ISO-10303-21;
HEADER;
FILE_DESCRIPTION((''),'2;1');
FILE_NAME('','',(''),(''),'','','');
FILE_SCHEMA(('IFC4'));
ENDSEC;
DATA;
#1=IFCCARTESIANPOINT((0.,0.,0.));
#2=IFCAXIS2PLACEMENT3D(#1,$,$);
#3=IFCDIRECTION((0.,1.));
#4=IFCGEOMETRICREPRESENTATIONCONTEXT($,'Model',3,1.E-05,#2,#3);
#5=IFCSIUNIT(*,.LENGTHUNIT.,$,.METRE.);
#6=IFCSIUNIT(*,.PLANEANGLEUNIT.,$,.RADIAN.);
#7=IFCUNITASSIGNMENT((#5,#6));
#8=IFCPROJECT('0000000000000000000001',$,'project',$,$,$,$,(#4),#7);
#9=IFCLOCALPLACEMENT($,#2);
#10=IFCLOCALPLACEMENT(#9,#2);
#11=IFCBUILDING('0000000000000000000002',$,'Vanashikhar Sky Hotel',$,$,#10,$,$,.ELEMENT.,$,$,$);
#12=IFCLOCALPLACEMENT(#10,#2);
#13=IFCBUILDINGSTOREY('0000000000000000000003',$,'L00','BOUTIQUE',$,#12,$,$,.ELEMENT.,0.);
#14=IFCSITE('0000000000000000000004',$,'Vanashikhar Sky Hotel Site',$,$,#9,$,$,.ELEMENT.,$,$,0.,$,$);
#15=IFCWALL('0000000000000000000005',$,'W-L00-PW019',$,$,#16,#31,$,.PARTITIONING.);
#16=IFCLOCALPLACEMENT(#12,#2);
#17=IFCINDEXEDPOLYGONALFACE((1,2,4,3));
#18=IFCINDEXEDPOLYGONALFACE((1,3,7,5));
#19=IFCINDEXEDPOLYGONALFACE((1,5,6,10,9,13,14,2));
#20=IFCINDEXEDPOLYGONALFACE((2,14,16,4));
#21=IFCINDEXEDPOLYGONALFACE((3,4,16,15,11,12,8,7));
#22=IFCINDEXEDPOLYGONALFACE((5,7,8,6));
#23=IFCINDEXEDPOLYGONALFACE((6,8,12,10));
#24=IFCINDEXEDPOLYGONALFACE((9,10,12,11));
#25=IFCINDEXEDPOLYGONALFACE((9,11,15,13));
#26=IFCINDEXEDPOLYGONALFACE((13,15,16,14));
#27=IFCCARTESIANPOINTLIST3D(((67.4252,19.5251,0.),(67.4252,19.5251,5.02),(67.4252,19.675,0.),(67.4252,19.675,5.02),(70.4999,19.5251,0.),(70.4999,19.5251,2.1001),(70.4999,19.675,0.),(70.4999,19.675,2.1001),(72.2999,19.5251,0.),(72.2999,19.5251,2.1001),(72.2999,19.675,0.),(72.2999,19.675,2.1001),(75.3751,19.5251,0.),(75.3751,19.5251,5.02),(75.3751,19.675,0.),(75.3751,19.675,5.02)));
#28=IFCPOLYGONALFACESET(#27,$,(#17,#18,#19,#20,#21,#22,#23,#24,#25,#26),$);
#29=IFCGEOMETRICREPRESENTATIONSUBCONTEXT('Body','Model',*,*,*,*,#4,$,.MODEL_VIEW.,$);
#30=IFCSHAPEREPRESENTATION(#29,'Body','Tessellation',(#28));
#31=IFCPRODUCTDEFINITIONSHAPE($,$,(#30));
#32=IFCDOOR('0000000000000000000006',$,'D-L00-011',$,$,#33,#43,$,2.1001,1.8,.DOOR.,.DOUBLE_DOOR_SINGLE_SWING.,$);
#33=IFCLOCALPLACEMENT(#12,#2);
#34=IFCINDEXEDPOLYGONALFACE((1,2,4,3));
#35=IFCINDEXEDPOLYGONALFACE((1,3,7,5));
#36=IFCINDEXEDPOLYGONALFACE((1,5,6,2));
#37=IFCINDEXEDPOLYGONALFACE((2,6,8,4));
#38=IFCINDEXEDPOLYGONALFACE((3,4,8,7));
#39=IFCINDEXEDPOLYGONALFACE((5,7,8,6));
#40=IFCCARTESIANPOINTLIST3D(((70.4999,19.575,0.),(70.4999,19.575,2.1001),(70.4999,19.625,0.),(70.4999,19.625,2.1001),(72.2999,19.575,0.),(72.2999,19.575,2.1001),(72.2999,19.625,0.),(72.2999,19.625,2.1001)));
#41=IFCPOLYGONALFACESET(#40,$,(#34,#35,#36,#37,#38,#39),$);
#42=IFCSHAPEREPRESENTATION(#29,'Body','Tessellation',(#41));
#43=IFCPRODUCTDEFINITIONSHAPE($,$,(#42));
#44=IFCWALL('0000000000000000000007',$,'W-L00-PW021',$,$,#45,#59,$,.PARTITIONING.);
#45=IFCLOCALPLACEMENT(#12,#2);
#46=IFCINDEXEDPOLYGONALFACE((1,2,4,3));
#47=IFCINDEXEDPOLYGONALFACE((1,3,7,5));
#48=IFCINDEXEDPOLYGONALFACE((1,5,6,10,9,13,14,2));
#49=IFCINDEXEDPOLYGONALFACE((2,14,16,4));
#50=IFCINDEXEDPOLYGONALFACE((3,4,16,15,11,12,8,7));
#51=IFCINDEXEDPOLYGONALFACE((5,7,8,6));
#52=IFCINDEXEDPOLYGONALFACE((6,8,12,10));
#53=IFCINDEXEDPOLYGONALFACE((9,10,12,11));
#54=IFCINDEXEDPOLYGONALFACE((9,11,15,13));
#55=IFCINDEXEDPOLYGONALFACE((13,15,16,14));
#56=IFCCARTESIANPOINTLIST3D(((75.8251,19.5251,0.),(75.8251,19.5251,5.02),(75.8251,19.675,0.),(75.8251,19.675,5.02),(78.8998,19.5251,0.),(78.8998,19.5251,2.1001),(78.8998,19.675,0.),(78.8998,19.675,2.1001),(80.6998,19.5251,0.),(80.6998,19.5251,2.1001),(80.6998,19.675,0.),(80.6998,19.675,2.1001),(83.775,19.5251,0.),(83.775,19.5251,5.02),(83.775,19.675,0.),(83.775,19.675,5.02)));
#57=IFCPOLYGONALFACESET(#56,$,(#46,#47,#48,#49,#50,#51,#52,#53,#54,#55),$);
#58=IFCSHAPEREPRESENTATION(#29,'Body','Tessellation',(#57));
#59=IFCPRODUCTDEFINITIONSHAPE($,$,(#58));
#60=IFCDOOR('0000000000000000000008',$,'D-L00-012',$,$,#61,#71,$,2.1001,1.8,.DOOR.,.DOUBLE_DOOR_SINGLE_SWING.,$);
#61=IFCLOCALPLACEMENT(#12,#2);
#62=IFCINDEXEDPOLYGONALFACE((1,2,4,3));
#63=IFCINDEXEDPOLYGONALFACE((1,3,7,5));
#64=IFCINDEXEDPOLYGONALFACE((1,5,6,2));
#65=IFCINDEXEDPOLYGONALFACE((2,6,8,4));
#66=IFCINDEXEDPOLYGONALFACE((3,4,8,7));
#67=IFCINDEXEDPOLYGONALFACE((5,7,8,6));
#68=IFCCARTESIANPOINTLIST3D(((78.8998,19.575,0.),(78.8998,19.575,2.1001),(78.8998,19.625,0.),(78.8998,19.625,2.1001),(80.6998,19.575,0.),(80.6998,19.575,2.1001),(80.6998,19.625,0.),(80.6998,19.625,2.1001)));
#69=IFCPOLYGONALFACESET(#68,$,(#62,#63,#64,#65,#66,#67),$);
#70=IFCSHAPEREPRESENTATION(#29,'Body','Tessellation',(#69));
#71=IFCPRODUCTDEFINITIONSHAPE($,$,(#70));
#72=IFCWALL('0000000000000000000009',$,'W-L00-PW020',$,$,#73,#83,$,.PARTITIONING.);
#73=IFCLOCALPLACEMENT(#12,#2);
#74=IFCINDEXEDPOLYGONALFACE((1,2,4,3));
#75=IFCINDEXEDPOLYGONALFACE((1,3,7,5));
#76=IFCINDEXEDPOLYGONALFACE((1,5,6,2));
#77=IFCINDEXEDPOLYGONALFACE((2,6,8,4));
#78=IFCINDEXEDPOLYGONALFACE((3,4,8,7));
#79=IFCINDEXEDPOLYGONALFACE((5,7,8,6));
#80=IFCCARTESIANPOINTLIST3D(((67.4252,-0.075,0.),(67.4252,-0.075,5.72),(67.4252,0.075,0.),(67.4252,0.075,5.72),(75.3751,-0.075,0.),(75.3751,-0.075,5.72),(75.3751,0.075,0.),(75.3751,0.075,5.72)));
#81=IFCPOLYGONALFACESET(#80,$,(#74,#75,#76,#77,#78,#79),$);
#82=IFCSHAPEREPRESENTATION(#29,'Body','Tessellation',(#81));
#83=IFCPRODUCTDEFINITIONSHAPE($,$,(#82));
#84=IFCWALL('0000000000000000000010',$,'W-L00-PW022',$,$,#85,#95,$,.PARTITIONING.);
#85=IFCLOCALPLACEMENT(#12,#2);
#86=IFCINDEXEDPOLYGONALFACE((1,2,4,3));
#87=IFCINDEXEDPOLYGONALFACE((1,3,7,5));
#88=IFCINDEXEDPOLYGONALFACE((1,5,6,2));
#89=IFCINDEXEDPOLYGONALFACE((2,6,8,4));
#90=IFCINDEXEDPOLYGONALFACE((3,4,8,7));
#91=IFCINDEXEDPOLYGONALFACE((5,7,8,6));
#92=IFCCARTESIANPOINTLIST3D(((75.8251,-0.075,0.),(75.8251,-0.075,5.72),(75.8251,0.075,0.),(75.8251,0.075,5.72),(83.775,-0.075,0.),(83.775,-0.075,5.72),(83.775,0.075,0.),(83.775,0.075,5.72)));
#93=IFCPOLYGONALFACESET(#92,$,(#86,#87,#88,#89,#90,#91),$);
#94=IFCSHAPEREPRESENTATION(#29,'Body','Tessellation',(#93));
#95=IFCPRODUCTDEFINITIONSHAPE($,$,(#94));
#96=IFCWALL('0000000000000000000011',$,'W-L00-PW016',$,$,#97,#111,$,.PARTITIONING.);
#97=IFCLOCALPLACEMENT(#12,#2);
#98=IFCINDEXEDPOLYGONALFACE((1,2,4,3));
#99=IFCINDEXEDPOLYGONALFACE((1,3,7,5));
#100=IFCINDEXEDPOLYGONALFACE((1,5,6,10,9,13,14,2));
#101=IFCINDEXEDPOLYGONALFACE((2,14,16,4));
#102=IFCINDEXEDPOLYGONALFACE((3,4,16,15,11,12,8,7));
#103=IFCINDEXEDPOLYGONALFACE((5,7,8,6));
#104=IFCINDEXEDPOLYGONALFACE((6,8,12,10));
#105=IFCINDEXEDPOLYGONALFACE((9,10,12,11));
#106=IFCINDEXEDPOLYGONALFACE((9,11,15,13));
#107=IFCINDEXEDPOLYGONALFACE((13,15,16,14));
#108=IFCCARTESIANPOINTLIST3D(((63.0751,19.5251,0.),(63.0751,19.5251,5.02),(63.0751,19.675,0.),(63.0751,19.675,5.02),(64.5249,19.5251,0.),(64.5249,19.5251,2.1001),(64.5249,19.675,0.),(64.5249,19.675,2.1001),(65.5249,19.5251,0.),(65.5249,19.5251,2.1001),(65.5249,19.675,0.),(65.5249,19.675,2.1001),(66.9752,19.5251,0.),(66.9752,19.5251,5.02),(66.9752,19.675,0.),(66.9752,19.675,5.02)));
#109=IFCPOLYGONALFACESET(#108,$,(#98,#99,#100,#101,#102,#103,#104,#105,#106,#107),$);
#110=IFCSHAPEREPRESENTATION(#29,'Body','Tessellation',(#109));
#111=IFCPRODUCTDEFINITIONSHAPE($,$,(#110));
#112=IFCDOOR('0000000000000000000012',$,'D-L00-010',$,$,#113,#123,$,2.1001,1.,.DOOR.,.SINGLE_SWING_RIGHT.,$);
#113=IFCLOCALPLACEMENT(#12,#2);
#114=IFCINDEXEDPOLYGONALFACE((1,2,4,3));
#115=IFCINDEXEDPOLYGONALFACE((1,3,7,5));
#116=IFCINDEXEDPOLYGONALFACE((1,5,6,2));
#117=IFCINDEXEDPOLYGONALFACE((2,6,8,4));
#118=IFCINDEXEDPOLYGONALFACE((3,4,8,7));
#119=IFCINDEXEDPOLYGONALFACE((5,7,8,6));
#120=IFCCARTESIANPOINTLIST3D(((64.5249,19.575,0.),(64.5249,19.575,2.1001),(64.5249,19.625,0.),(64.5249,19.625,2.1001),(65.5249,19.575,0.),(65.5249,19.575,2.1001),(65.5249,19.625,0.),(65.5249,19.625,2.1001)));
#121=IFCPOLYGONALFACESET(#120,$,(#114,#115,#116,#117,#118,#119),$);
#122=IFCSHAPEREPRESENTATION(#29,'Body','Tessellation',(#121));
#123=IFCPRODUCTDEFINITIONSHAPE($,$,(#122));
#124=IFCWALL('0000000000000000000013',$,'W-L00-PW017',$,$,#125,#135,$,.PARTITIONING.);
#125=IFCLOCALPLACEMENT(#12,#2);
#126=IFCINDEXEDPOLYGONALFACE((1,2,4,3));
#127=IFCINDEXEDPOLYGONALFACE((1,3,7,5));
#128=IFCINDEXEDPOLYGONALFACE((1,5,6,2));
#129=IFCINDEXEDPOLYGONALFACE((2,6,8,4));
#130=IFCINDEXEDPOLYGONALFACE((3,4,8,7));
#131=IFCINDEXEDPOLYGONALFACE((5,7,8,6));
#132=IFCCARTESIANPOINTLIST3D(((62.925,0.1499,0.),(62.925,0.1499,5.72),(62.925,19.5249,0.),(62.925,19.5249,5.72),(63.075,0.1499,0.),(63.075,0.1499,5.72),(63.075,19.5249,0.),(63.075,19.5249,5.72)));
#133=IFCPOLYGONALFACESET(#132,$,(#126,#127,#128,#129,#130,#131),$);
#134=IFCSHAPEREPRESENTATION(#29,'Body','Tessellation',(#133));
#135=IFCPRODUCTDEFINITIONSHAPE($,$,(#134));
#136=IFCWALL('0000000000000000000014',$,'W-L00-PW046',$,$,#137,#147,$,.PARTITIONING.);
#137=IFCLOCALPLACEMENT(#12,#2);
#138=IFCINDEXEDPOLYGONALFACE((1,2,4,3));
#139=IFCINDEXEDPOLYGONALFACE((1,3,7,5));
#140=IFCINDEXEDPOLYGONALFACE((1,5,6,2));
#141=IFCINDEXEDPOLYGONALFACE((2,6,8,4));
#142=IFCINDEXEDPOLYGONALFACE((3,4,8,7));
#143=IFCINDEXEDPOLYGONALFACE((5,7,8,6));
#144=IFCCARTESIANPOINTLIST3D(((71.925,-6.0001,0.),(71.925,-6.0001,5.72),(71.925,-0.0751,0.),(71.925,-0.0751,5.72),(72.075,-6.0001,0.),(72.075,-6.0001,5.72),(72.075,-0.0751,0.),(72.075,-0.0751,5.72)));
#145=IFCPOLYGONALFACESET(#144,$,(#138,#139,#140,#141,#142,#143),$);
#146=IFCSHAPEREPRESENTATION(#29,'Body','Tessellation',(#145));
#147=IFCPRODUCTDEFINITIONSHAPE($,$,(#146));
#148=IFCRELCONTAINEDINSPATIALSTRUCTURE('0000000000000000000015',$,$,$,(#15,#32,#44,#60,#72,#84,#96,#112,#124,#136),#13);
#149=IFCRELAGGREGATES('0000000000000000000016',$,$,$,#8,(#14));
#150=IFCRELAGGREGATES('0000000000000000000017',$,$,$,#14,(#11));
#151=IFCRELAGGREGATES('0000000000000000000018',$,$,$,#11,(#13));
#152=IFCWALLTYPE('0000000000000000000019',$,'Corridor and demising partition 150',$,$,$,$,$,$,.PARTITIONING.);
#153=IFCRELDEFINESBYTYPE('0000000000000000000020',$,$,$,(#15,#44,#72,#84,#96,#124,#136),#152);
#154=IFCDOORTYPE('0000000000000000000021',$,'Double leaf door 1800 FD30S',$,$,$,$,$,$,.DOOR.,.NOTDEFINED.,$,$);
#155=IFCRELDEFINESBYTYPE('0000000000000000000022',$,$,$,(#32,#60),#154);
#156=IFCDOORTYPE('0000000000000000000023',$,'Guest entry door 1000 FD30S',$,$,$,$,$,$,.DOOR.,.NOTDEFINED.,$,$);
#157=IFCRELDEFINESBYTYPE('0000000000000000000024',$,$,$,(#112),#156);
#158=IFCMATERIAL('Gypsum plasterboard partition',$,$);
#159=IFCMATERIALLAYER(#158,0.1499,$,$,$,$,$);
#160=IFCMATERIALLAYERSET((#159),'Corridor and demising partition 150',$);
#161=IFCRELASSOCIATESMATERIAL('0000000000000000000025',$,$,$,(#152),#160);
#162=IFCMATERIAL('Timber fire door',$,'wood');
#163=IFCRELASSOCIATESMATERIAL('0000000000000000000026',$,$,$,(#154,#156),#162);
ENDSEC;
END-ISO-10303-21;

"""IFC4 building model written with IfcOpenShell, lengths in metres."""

from ifc_helpers import new_model, si_unit, direction, frame, frame_2d, origin, place, context, subcontext, project, spatial, rectangle, extrude, source, transform, mapped, material, layer, layer_set, type_object, element, fill, save


model = new_model("IFC4")

# Units and contexts
model_context = context("Model", 3, precision=1e-05, world=origin(), true_north=direction((0.0, 1.0)))
body_context = subcontext(model_context, "Body", "Model", "MODEL_VIEW")
ifc_project = project(units=[si_unit("LENGTHUNIT", "METRE"), si_unit("PLANEANGLEUNIT", "RADIAN")], contexts=[model_context])

# Site, building, storey
site_placement = place(None, origin())
site = spatial("IfcSite", under=ifc_project, at=site_placement, Name="Vanashikhar Sky Hotel Site", CompositionType="ELEMENT", RefElevation=0.0)
building_placement = place(site_placement, origin())
building = spatial("IfcBuilding", under=site, at=building_placement, Name="Vanashikhar Sky Hotel", CompositionType="ELEMENT")
storey_placement = place(building_placement, origin())
storey = spatial("IfcBuildingStorey", under=building, at=storey_placement, Name="L00", Description="BOUTIQUE", CompositionType="ELEMENT", Elevation=0.0)

# Walls, openings, doors
ifc_material_1 = material(Name="Gypsum plasterboard partition")
ifc_layer_1 = layer(ifc_material_1, 0.1499)
ifc_layer_set_1 = layer_set([ifc_layer_1], Name="Corridor and demising partition 150")
wall_type_1 = type_object("IfcWallType", Name="Corridor and demising partition 150", PredefinedType="PARTITIONING", material=ifc_layer_set_1)
shared_shape_1 = source(origin(), body_context, "Body", "SweptSolid", [
    extrude(rectangle(XDim=7.95, YDim=0.1499, at=frame_2d((3.9751, 0.0))), origin(), (0.0, 0.0, 1.0), 5.02),
])
wall_1_placement = place(storey_placement, frame((67.425, 19.6001, 0.0), z_axis=(0.0, 0.0, 1.0), x_axis=(1.0, 0.0, 0.0)))
wall_1 = element("IfcWall", 1, at=wall_1_placement, inside=storey, type_object=wall_type_1, Name="W-L00-PW019", PredefinedType="PARTITIONING", context=body_context, shape_type="MappedRepresentation", body=[
    mapped(shared_shape_1, transform((0.0, 0.0, 0.0), scale=1.0)),
])
shared_shape_2 = source(origin(), body_context, "Body", "SweptSolid", [
    extrude(rectangle(XDim=1.8, YDim=2.1001, at=frame_2d((0.8999, 1.05))), frame((0.0, 0.085, 0.0), z_axis=(0.0, -1.0, 0.0), x_axis=(1.0, 0.0, 0.0)), (0.0, 0.0, 1.0), 0.1699),
])
opening_1_placement = place(wall_1_placement, frame((3.075, 0.0, 0.0)))
opening_1 = element("IfcOpeningElement", 2, at=opening_1_placement, cuts=wall_1, PredefinedType="OPENING", context=body_context, shape_type="MappedRepresentation", body=[
    mapped(shared_shape_2, transform((0.0, 0.0, 0.0), scale=1.0)),
])
ifc_material_2 = material(Name="Timber fire door", Category="wood")
door_type_1 = type_object("IfcDoorType", Name="Double leaf door 1800 FD30S", OperationType="NOTDEFINED", PredefinedType="DOOR", material=ifc_material_2)
shared_shape_3 = source(origin(), body_context, "Body", "SweptSolid", [
    extrude(rectangle(XDim=1.8, YDim=2.1001, at=frame_2d((0.8999, 1.05))), frame((0.0, 0.0249, 0.0), z_axis=(0.0, -1.0, 0.0), x_axis=(1.0, 0.0, 0.0)), (0.0, 0.0, 1.0), 0.05),
])
door_1_placement = place(opening_1_placement, origin())
door_1 = element("IfcDoor", 3, at=door_1_placement, inside=storey, type_object=door_type_1, Name="D-L00-011", OperationType="DOUBLE_DOOR_SINGLE_SWING", OverallHeight=2.1001, OverallWidth=1.8, PredefinedType="DOOR", context=body_context, shape_type="MappedRepresentation", body=[
    mapped(shared_shape_3, transform((0.0, 0.0, 0.0), scale=1.0)),
])
fill(opening_1, door_1)
wall_2_placement = place(storey_placement, frame((75.825, 19.6001, 0.0), z_axis=(0.0, 0.0, 1.0), x_axis=(1.0, 0.0, 0.0)))
wall_2 = element("IfcWall", 4, at=wall_2_placement, inside=storey, type_object=wall_type_1, Name="W-L00-PW021", PredefinedType="PARTITIONING", context=body_context, shape_type="MappedRepresentation", body=[
    mapped(shared_shape_1, transform((0.0, 0.0, 0.0), scale=1.0)),
])
opening_2_placement = place(wall_2_placement, frame((3.075, 0.0, 0.0)))
opening_2 = element("IfcOpeningElement", 5, at=opening_2_placement, cuts=wall_2, PredefinedType="OPENING", context=body_context, shape_type="MappedRepresentation", body=[
    mapped(shared_shape_2, transform((0.0, 0.0, 0.0), scale=1.0)),
])
door_2_placement = place(opening_2_placement, origin())
door_2 = element("IfcDoor", 6, at=door_2_placement, inside=storey, type_object=door_type_1, Name="D-L00-012", OperationType="DOUBLE_DOOR_SINGLE_SWING", OverallHeight=2.1001, OverallWidth=1.8, PredefinedType="DOOR", context=body_context, shape_type="MappedRepresentation", body=[
    mapped(shared_shape_3, transform((0.0, 0.0, 0.0), scale=1.0)),
])
fill(opening_2, door_2)

# Walls
shared_shape_4 = source(origin(), body_context, "Body", "SweptSolid", [
    extrude(rectangle(XDim=7.95, YDim=0.1499, at=frame_2d((3.9751, 0.0))), origin(), (0.0, 0.0, 1.0), 5.72),
])
for number, where, z_axis, x_axis, name in (
    (7, (67.425, 0.0, 0.0), (0.0, 0.0, 1.0), (1.0, 0.0, 0.0), "W-L00-PW020"),
    (8, (75.825, 0.0, 0.0), (0.0, 0.0, 1.0), (1.0, 0.0, 0.0), "W-L00-PW022"),
):
    element("IfcWall", number, at=place(storey_placement, frame(where, z_axis=z_axis, x_axis=x_axis)), inside=storey, type_object=wall_type_1, Name=name, PredefinedType="PARTITIONING", context=body_context, shape_type="MappedRepresentation", body=[
        mapped(shared_shape_4, transform((0.0, 0.0, 0.0), scale=1.0)),
    ])

# Wall, opening, door
shared_shape_5 = source(origin(), body_context, "Body", "SweptSolid", [
    extrude(rectangle(XDim=3.9001, YDim=0.1499, at=frame_2d((1.9502, 0.0))), origin(), (0.0, 0.0, 1.0), 5.02),
])
wall_3_placement = place(storey_placement, frame((63.075, 19.6001, 0.0), z_axis=(0.0, 0.0, 1.0), x_axis=(1.0, 0.0, 0.0)))
wall_3 = element("IfcWall", 9, at=wall_3_placement, inside=storey, type_object=wall_type_1, Name="W-L00-PW016", PredefinedType="PARTITIONING", context=body_context, shape_type="MappedRepresentation", body=[
    mapped(shared_shape_5, transform((0.0, 0.0, 0.0), scale=1.0)),
])
shared_shape_6 = source(origin(), body_context, "Body", "SweptSolid", [
    extrude(rectangle(XDim=1.0, YDim=2.1001, at=frame_2d((0.5, 1.05))), frame((0.0, 0.085, 0.0), z_axis=(0.0, -1.0, 0.0), x_axis=(1.0, 0.0, 0.0)), (0.0, 0.0, 1.0), 0.1699),
])
opening_3_placement = place(wall_3_placement, frame((1.45, 0.0, 0.0)))
opening_3 = element("IfcOpeningElement", 10, at=opening_3_placement, cuts=wall_3, PredefinedType="OPENING", context=body_context, shape_type="MappedRepresentation", body=[
    mapped(shared_shape_6, transform((0.0, 0.0, 0.0), scale=1.0)),
])
door_type_2 = type_object("IfcDoorType", Name="Guest entry door 1000 FD30S", OperationType="NOTDEFINED", PredefinedType="DOOR", material=ifc_material_2)
shared_shape_7 = source(origin(), body_context, "Body", "SweptSolid", [
    extrude(rectangle(XDim=1.0, YDim=2.1001, at=frame_2d((0.5, 1.05))), frame((0.0, 0.0249, 0.0), z_axis=(0.0, -1.0, 0.0), x_axis=(1.0, 0.0, 0.0)), (0.0, 0.0, 1.0), 0.05),
])
door_3_placement = place(opening_3_placement, origin())
door_3 = element("IfcDoor", 11, at=door_3_placement, inside=storey, type_object=door_type_2, Name="D-L00-010", OperationType="SINGLE_SWING_RIGHT", OverallHeight=2.1001, OverallWidth=1.0, PredefinedType="DOOR", context=body_context, shape_type="MappedRepresentation", body=[
    mapped(shared_shape_7, transform((0.0, 0.0, 0.0), scale=1.0)),
])
fill(opening_3, door_3)

# Walls
shared_shape_8 = source(origin(), body_context, "Body", "SweptSolid", [
    extrude(rectangle(XDim=19.375, YDim=0.1499, at=frame_2d((9.6875, 0.0))), origin(), (0.0, 0.0, 1.0), 5.72),
])
wall_4_placement = place(storey_placement, frame((63.0, 0.1499, 0.0), z_axis=(0.0, 0.0, 1.0), x_axis=(0.0, 1.0, 0.0)))
element("IfcWall", 12, at=wall_4_placement, inside=storey, type_object=wall_type_1, Name="W-L00-PW017", PredefinedType="PARTITIONING", context=body_context, shape_type="MappedRepresentation", body=[
    mapped(shared_shape_8, transform((0.0, 0.0, 0.0), scale=1.0)),
])
shared_shape_9 = source(origin(), body_context, "Body", "SweptSolid", [
    extrude(rectangle(XDim=5.925, YDim=0.1499, at=frame_2d((2.9624, 0.0))), origin(), (0.0, 0.0, 1.0), 5.72),
])
wall_5_placement = place(storey_placement, frame((72.0, -6.0, 0.0), z_axis=(0.0, 0.0, 1.0), x_axis=(0.0, 1.0, 0.0)))
element("IfcWall", 13, at=wall_5_placement, inside=storey, type_object=wall_type_1, Name="W-L00-PW046", PredefinedType="PARTITIONING", context=body_context, shape_type="MappedRepresentation", body=[
    mapped(shared_shape_9, transform((0.0, 0.0, 0.0), scale=1.0)),
])

save(model, "model.ifc")
